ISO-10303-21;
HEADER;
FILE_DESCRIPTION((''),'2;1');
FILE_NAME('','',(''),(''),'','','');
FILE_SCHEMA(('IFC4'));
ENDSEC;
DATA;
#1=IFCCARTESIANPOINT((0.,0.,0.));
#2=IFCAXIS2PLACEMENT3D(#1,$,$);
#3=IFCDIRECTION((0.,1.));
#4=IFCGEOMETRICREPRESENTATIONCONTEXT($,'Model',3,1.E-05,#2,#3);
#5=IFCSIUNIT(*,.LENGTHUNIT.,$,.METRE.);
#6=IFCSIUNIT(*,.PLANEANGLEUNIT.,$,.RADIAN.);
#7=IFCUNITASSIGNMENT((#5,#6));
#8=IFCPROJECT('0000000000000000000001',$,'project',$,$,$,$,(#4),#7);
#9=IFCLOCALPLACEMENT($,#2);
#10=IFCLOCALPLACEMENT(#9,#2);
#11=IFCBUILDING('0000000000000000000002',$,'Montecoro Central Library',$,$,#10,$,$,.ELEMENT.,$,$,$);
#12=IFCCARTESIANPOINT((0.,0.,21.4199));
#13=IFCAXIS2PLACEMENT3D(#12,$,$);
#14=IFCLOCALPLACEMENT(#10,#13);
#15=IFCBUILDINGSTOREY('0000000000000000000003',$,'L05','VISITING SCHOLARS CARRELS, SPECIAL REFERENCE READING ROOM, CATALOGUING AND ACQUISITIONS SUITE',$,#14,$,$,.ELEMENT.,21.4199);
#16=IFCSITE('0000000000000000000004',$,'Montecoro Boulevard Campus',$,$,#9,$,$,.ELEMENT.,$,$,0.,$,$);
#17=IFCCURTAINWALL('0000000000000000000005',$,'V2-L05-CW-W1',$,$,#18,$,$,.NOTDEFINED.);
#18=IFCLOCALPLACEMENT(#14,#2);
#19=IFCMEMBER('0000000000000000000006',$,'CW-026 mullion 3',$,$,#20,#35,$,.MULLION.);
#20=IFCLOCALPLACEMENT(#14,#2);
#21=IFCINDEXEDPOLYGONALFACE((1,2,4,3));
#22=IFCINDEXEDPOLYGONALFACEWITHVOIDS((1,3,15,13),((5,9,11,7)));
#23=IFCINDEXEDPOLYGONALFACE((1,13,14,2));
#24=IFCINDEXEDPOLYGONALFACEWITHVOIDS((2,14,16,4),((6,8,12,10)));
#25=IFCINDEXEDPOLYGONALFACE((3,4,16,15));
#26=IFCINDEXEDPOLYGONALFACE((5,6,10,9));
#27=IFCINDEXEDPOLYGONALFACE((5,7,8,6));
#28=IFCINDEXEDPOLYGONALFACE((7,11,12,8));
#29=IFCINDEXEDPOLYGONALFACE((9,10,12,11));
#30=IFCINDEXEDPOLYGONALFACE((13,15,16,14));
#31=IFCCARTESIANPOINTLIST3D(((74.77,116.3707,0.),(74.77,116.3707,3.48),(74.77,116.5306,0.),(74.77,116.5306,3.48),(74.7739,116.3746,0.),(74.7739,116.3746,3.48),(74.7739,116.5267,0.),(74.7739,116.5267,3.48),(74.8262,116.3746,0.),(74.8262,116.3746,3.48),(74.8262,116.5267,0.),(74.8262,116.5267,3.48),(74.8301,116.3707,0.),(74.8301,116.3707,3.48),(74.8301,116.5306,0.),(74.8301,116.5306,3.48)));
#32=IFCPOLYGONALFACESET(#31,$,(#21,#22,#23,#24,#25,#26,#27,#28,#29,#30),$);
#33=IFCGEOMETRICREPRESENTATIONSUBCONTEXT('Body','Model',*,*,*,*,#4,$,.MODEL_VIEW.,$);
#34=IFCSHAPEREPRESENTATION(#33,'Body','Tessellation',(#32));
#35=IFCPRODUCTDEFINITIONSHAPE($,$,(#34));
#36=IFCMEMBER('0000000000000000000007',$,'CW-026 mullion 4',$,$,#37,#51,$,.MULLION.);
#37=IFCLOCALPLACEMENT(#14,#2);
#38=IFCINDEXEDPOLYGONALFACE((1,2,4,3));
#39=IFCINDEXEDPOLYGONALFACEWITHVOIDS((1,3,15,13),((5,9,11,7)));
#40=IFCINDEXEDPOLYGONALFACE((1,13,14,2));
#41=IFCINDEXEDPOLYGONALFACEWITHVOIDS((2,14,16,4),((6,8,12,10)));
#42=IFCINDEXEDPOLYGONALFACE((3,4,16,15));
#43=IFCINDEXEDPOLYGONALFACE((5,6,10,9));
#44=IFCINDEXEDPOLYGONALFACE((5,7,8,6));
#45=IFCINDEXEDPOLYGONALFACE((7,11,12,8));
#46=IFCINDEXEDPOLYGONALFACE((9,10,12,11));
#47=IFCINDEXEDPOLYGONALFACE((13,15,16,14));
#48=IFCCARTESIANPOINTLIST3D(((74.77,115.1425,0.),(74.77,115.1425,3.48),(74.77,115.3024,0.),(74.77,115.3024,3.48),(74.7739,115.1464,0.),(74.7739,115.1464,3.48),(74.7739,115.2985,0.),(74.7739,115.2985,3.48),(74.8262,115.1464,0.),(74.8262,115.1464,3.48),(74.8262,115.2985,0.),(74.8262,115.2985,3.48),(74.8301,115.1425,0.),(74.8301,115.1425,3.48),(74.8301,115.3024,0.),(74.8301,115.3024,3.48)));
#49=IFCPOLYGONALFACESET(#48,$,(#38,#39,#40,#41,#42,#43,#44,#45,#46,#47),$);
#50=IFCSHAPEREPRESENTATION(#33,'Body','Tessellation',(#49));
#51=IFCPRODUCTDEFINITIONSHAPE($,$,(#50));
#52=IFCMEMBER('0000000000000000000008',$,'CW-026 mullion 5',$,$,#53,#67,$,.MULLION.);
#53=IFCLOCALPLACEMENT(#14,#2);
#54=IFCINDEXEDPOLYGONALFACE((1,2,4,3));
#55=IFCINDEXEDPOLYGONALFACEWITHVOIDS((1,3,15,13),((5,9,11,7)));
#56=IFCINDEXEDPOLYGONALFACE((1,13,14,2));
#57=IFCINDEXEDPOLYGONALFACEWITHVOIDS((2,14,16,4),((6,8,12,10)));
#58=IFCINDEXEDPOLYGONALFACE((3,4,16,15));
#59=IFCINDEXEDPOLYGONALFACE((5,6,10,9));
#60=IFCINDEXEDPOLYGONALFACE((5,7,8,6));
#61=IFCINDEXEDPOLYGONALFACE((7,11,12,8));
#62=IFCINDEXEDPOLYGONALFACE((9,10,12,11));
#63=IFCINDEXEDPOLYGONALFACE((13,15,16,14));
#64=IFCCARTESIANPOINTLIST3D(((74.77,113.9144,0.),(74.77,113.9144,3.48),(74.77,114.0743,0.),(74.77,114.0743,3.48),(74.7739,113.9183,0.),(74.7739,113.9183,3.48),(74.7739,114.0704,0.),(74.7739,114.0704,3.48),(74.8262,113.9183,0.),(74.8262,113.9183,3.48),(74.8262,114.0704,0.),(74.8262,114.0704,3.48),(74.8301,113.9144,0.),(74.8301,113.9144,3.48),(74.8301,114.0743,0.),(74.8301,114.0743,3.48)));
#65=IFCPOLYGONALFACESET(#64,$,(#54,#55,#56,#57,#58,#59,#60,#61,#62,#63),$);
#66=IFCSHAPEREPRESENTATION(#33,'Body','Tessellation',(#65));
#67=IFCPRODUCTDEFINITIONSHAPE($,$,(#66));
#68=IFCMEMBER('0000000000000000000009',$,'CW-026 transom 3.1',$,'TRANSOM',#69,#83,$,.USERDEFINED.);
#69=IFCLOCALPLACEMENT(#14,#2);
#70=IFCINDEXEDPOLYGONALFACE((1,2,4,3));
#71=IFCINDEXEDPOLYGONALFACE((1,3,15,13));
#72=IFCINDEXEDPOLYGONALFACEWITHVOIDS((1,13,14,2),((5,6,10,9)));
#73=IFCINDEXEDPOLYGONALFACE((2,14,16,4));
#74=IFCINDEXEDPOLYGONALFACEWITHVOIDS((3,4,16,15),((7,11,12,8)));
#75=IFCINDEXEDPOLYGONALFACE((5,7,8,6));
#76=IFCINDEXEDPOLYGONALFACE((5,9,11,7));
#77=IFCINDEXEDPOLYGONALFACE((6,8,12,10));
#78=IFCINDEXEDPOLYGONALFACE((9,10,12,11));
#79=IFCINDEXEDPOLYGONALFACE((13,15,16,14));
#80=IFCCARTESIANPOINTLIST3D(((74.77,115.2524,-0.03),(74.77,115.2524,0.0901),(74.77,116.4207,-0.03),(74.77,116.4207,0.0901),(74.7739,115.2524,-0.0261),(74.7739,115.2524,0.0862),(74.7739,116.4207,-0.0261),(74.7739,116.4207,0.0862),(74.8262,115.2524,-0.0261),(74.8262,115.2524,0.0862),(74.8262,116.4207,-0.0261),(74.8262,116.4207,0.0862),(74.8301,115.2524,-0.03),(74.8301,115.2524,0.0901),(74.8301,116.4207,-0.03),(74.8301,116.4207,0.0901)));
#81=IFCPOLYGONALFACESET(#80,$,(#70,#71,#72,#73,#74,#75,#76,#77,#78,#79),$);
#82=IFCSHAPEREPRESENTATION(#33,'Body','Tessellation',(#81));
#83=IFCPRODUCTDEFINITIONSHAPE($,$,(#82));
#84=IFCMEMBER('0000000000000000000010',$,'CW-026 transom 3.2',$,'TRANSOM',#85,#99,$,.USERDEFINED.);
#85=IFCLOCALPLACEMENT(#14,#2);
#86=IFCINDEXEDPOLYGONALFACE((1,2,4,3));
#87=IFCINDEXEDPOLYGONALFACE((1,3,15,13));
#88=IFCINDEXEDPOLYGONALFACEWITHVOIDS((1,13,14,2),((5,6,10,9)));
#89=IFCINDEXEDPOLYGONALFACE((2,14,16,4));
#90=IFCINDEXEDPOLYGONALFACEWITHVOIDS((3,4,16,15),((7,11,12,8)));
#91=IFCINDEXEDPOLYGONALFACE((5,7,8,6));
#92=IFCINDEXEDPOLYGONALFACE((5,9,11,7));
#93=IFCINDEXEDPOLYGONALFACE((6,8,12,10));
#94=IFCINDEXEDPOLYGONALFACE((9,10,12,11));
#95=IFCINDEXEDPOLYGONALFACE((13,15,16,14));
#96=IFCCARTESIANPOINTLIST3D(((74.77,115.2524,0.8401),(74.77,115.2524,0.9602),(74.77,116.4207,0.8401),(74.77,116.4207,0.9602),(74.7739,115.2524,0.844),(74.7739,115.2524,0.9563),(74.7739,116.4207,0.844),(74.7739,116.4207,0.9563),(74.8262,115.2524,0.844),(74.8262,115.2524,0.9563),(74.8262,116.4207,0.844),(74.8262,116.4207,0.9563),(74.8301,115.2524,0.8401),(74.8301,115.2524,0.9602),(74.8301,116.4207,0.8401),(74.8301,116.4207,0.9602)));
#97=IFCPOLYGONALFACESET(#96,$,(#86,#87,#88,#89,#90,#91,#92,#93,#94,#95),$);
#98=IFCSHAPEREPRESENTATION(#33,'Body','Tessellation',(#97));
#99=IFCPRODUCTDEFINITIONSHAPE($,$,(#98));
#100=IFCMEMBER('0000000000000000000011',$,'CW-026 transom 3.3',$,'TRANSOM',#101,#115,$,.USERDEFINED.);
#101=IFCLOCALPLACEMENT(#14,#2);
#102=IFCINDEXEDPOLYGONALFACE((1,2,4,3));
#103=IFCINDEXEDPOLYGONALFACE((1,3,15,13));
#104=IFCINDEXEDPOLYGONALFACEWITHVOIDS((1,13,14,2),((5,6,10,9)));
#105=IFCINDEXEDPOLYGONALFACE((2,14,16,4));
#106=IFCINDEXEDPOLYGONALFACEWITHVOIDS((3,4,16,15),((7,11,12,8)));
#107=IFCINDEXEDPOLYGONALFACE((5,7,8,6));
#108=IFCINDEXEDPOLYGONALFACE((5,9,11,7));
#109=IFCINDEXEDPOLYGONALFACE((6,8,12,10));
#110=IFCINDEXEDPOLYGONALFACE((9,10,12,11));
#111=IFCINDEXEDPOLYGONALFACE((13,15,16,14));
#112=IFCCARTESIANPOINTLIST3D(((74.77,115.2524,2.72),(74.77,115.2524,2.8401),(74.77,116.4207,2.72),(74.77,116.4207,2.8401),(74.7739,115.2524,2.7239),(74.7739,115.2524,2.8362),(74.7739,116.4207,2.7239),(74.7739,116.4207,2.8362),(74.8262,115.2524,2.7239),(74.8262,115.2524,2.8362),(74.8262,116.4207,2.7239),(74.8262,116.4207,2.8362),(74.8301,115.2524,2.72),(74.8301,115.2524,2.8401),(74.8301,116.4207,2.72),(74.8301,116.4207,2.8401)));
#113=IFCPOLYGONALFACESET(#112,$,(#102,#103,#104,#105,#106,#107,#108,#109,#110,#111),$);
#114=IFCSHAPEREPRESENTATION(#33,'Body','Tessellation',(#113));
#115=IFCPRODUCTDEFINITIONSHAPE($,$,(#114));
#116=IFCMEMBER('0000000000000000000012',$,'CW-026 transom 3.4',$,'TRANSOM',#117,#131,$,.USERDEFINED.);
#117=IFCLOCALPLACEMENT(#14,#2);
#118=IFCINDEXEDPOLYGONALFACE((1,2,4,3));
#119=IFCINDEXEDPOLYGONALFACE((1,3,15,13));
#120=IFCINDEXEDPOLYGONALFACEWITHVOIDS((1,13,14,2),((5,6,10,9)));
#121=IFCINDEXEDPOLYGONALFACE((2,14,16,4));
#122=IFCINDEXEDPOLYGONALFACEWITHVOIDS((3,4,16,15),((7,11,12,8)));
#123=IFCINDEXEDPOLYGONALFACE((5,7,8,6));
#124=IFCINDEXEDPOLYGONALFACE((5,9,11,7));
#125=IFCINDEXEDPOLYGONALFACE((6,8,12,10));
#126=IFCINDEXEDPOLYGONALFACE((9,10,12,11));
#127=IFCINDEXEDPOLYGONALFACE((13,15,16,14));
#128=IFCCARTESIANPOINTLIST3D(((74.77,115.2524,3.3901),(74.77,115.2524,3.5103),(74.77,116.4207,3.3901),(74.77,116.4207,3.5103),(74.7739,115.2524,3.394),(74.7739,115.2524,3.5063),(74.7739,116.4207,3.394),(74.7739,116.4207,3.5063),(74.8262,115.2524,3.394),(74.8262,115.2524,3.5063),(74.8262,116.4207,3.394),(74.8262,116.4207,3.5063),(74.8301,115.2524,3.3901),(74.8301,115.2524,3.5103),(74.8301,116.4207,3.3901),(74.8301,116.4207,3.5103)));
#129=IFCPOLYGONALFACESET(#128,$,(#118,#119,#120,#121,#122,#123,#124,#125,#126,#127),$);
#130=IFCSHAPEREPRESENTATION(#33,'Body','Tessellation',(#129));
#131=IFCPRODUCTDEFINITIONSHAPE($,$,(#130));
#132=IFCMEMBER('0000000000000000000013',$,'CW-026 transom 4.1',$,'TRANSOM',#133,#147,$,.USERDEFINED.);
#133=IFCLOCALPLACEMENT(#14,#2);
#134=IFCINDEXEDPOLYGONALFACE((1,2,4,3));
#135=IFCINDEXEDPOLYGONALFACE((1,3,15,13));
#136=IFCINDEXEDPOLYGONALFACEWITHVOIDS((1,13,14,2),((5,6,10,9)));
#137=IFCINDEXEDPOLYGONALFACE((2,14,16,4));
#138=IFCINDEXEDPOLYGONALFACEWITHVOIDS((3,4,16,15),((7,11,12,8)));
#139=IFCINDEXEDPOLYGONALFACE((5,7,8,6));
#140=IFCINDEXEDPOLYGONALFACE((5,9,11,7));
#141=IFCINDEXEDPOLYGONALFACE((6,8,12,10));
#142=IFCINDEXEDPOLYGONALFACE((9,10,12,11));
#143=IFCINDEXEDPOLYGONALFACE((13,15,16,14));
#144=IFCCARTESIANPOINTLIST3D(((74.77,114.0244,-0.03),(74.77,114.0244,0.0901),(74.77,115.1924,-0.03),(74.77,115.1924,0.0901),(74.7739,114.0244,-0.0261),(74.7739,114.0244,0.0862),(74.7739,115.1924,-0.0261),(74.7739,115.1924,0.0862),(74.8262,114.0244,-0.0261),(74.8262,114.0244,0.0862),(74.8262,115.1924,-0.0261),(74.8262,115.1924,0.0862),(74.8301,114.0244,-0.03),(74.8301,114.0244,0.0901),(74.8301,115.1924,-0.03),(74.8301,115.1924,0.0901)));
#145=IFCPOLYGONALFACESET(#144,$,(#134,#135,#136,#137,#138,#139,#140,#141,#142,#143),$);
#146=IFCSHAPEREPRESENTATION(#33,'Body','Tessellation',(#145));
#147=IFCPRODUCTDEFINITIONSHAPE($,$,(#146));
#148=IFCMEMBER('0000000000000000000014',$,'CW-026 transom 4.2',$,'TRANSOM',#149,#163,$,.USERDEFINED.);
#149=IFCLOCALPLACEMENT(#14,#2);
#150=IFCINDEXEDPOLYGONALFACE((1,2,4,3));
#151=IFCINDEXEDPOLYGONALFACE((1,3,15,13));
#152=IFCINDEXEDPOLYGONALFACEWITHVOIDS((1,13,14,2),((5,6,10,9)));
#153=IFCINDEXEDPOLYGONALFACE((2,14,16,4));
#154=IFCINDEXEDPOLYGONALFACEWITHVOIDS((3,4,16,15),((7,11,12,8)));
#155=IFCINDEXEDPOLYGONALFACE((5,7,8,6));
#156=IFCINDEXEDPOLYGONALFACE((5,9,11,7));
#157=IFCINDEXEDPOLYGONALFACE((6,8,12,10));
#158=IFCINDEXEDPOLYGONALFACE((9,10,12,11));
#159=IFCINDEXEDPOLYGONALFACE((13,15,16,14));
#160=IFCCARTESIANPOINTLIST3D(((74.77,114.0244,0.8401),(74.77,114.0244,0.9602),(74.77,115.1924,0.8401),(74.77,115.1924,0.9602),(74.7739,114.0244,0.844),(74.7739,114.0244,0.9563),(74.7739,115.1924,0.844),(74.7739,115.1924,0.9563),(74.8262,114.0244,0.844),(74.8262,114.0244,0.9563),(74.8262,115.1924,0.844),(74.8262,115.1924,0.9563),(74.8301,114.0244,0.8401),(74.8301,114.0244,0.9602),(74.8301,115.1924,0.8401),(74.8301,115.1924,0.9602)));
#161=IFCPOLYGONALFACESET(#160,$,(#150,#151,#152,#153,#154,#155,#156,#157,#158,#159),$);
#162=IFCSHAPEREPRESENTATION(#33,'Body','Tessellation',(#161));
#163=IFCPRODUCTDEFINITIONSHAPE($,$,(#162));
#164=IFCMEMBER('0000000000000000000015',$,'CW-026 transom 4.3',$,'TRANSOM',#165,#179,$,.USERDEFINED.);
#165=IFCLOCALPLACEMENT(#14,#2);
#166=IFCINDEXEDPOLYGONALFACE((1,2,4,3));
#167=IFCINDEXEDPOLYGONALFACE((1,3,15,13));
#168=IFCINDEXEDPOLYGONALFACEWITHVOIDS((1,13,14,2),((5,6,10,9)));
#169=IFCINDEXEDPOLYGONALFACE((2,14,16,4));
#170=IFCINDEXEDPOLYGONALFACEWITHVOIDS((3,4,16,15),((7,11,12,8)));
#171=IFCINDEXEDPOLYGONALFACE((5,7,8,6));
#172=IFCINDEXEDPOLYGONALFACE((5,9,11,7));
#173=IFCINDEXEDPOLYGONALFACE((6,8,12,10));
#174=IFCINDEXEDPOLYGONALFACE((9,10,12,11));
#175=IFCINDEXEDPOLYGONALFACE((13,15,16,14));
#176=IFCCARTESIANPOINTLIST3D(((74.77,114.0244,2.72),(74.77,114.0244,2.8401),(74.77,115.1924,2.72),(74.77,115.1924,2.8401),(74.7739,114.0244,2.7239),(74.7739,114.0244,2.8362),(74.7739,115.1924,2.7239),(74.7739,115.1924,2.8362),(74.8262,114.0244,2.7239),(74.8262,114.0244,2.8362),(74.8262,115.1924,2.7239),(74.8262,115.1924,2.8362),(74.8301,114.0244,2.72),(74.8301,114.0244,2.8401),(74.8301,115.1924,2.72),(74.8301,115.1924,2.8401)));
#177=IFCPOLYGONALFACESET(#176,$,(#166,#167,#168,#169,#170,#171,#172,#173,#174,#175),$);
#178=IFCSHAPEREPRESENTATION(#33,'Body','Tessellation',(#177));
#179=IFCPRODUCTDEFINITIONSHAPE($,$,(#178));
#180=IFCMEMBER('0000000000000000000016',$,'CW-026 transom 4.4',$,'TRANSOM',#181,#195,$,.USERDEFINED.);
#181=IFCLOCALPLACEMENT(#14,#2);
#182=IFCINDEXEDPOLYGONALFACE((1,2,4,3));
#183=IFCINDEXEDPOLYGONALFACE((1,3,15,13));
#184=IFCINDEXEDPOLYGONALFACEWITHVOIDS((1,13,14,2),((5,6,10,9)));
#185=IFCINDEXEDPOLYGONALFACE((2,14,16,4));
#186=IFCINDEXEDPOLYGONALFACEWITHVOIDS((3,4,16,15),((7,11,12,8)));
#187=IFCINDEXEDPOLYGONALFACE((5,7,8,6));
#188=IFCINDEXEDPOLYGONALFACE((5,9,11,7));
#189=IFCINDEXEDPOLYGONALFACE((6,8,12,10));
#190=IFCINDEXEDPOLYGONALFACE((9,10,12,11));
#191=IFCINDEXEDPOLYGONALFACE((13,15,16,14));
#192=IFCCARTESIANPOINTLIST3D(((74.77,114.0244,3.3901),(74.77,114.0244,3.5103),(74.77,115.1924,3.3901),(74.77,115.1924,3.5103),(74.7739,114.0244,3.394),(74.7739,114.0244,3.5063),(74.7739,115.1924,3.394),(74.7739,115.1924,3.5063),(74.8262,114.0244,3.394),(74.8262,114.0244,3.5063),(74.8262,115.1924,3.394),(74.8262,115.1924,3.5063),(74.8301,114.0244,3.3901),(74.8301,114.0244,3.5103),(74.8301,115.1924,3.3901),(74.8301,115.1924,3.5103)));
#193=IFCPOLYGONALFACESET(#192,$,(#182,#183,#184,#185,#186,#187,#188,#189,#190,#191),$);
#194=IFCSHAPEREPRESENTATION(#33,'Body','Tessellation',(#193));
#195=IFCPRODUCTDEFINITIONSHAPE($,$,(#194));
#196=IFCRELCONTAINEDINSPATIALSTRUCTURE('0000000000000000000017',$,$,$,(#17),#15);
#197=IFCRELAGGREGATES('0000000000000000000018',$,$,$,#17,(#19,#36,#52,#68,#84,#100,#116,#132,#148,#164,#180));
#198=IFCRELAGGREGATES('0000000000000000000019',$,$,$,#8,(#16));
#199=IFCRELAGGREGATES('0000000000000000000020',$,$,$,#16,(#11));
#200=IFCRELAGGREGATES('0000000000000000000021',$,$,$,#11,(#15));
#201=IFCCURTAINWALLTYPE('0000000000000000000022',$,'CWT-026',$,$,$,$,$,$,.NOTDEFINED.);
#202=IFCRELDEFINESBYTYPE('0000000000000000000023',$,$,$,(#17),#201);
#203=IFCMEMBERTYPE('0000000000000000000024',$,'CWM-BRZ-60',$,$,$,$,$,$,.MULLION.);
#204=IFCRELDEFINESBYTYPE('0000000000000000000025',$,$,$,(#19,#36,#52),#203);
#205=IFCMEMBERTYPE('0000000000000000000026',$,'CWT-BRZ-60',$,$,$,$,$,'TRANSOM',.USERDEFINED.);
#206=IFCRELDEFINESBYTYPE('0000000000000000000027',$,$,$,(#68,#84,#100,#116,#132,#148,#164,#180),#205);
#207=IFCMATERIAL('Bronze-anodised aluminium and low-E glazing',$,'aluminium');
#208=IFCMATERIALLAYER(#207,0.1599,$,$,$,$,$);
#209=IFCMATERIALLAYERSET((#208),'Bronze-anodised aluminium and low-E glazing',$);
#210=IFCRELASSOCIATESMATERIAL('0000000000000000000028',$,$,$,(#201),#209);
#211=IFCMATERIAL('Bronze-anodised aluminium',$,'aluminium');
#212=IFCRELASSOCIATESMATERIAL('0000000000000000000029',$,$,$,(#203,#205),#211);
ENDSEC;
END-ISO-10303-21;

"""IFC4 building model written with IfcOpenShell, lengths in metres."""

from ifc_helpers import new_model, si_unit, direction, frame, origin, origin_2d, place, context, subcontext, project, spatial, hollow_rectangle, extrude, material, layer, layer_set, material_profile, profile_set, type_object, element, aggregate, save


model = new_model("IFC4")

# Units and contexts
model_context = context("Model", 3, precision=1e-05, world=origin(), true_north=direction((0.0, 1.0)))
body_context = subcontext(model_context, "Body", "Model", "MODEL_VIEW")
ifc_project = project(units=[si_unit("LENGTHUNIT", "METRE"), si_unit("PLANEANGLEUNIT", "RADIAN")], contexts=[model_context])

# Site, building, storey
site_placement = place(None, origin())
site = spatial("IfcSite", under=ifc_project, at=site_placement, Name="Montecoro Boulevard Campus", CompositionType="ELEMENT", RefElevation=0.0)
building_placement = place(site_placement, origin())
building = spatial("IfcBuilding", under=site, at=building_placement, Name="Montecoro Central Library", CompositionType="ELEMENT")
storey_placement = place(building_placement, frame((0.0, 0.0, 21.4199)))
storey = spatial("IfcBuildingStorey", under=building, at=storey_placement, Name="L05", Description="VISITING SCHOLARS CARRELS, SPECIAL REFERENCE READING ROOM, CATALOGUING AND ACQUISITIONS SUITE", CompositionType="ELEMENT", Elevation=21.4199)

# Curtain wall, members
ifc_material_1 = material(Name="Bronze-anodised aluminium and low-E glazing", Category="aluminium")
ifc_layer_1 = layer(ifc_material_1, 0.1599)
ifc_layer_set_1 = layer_set([ifc_layer_1], Name="Bronze-anodised aluminium and low-E glazing")
curtain_wall_type = type_object("IfcCurtainWallType", Name="CWT-026", PredefinedType="NOTDEFINED", material=ifc_layer_set_1)
curtain_wall_placement = place(storey_placement, origin())
curtain_wall = element("IfcCurtainWall", 1, at=curtain_wall_placement, inside=storey, type_object=curtain_wall_type, Name="V2-L05-CW-W1", PredefinedType="NOTDEFINED")
ifc_material_2 = material(Name="Bronze-anodised aluminium", Category="aluminium")
ifc_material_profile_1 = material_profile(ifc_material_2, hollow_rectangle(XDim=0.0601, YDim=0.1599, WallThickness=0.0039, at=origin_2d()), Name="CWM 160x60x4.0")
ifc_profile_set_1 = profile_set([ifc_material_profile_1], Name="Bronze-anodised aluminium")
member_type_1 = type_object("IfcMemberType", Name="CWM-BRZ-60", PredefinedType="MULLION", material=ifc_profile_set_1)
member_1_placement = place(storey_placement, frame((74.8, 116.4507, 0.0), z_axis=(0.0, 0.0, 1.0), x_axis=(1.0, 0.0, 0.0)))
member_1 = element("IfcMember", 2, at=member_1_placement, type_object=member_type_1, Name="CW-026 mullion 3", PredefinedType="MULLION", context=body_context, shape_type="SweptSolid", body=[
    extrude(hollow_rectangle(XDim=0.0601, YDim=0.1599, WallThickness=0.0039, at=origin_2d()), origin(), (0.0, 0.0, 1.0), 3.48),
])
member_2_placement = place(storey_placement, frame((74.8, 115.2224, 0.0), z_axis=(0.0, 0.0, 1.0), x_axis=(1.0, 0.0, 0.0)))
member_2 = element("IfcMember", 3, at=member_2_placement, type_object=member_type_1, Name="CW-026 mullion 4", PredefinedType="MULLION", context=body_context, shape_type="SweptSolid", body=[
    extrude(hollow_rectangle(XDim=0.0601, YDim=0.1599, WallThickness=0.0039, at=origin_2d()), origin(), (0.0, 0.0, 1.0), 3.48),
])
member_3_placement = place(storey_placement, frame((74.8, 113.9944, 0.0), z_axis=(0.0, 0.0, 1.0), x_axis=(1.0, 0.0, 0.0)))
member_3 = element("IfcMember", 4, at=member_3_placement, type_object=member_type_1, Name="CW-026 mullion 5", PredefinedType="MULLION", context=body_context, shape_type="SweptSolid", body=[
    extrude(hollow_rectangle(XDim=0.0601, YDim=0.1599, WallThickness=0.0039, at=origin_2d()), origin(), (0.0, 0.0, 1.0), 3.48),
])
ifc_material_profile_2 = material_profile(ifc_material_2, hollow_rectangle(XDim=0.0601, YDim=0.1201, WallThickness=0.0039, at=origin_2d()), Name="CWT 120x60x4.0")
ifc_profile_set_2 = profile_set([ifc_material_profile_2], Name="Bronze-anodised aluminium")
member_type_2 = type_object("IfcMemberType", Name="CWT-BRZ-60", ElementType="TRANSOM", PredefinedType="USERDEFINED", material=ifc_profile_set_2)
member_4_placement = place(storey_placement, frame((74.8, 116.4207, 0.03), z_axis=(0.0, -1.0, 0.0), x_axis=(1.0, 0.0, 0.0)))
member_4 = element("IfcMember", 5, at=member_4_placement, type_object=member_type_2, Name="CW-026 transom 3.1", ObjectType="TRANSOM", PredefinedType="USERDEFINED", context=body_context, shape_type="SweptSolid", body=[
    extrude(hollow_rectangle(XDim=0.0601, YDim=0.1201, WallThickness=0.0039, at=origin_2d()), origin(), (0.0, 0.0, 1.0), 1.1682),
])
member_5_placement = place(storey_placement, frame((74.8, 116.4207, 0.9001), z_axis=(0.0, -1.0, 0.0), x_axis=(1.0, 0.0, 0.0)))
member_5 = element("IfcMember", 6, at=member_5_placement, type_object=member_type_2, Name="CW-026 transom 3.2", ObjectType="TRANSOM", PredefinedType="USERDEFINED", context=body_context, shape_type="SweptSolid", body=[
    extrude(hollow_rectangle(XDim=0.0601, YDim=0.1201, WallThickness=0.0039, at=origin_2d()), origin(), (0.0, 0.0, 1.0), 1.1682),
])
member_6_placement = place(storey_placement, frame((74.8, 116.4207, 2.78), z_axis=(0.0, -1.0, 0.0), x_axis=(1.0, 0.0, 0.0)))
member_6 = element("IfcMember", 7, at=member_6_placement, type_object=member_type_2, Name="CW-026 transom 3.3", ObjectType="TRANSOM", PredefinedType="USERDEFINED", context=body_context, shape_type="SweptSolid", body=[
    extrude(hollow_rectangle(XDim=0.0601, YDim=0.1201, WallThickness=0.0039, at=origin_2d()), origin(), (0.0, 0.0, 1.0), 1.1682),
])
member_7_placement = place(storey_placement, frame((74.8, 116.4207, 3.4502), z_axis=(0.0, -1.0, 0.0), x_axis=(1.0, 0.0, 0.0)))
member_7 = element("IfcMember", 8, at=member_7_placement, type_object=member_type_2, Name="CW-026 transom 3.4", ObjectType="TRANSOM", PredefinedType="USERDEFINED", context=body_context, shape_type="SweptSolid", body=[
    extrude(hollow_rectangle(XDim=0.0601, YDim=0.1201, WallThickness=0.0039, at=origin_2d()), origin(), (0.0, 0.0, 1.0), 1.1682),
])
member_8_placement = place(storey_placement, frame((74.8, 115.1924, 0.03), z_axis=(0.0, -1.0, 0.0), x_axis=(1.0, 0.0, 0.0)))
member_8 = element("IfcMember", 9, at=member_8_placement, type_object=member_type_2, Name="CW-026 transom 4.1", ObjectType="TRANSOM", PredefinedType="USERDEFINED", context=body_context, shape_type="SweptSolid", body=[
    extrude(hollow_rectangle(XDim=0.0601, YDim=0.1201, WallThickness=0.0039, at=origin_2d()), origin(), (0.0, 0.0, 1.0), 1.168),
])
member_9_placement = place(storey_placement, frame((74.8, 115.1924, 0.9001), z_axis=(0.0, -1.0, 0.0), x_axis=(1.0, 0.0, 0.0)))
member_9 = element("IfcMember", 10, at=member_9_placement, type_object=member_type_2, Name="CW-026 transom 4.2", ObjectType="TRANSOM", PredefinedType="USERDEFINED", context=body_context, shape_type="SweptSolid", body=[
    extrude(hollow_rectangle(XDim=0.0601, YDim=0.1201, WallThickness=0.0039, at=origin_2d()), origin(), (0.0, 0.0, 1.0), 1.168),
])
member_10_placement = place(storey_placement, frame((74.8, 115.1924, 2.78), z_axis=(0.0, -1.0, 0.0), x_axis=(1.0, 0.0, 0.0)))
member_10 = element("IfcMember", 11, at=member_10_placement, type_object=member_type_2, Name="CW-026 transom 4.3", ObjectType="TRANSOM", PredefinedType="USERDEFINED", context=body_context, shape_type="SweptSolid", body=[
    extrude(hollow_rectangle(XDim=0.0601, YDim=0.1201, WallThickness=0.0039, at=origin_2d()), origin(), (0.0, 0.0, 1.0), 1.168),
])
member_11_placement = place(storey_placement, frame((74.8, 115.1924, 3.4502), z_axis=(0.0, -1.0, 0.0), x_axis=(1.0, 0.0, 0.0)))
member_11 = element("IfcMember", 12, at=member_11_placement, type_object=member_type_2, Name="CW-026 transom 4.4", ObjectType="TRANSOM", PredefinedType="USERDEFINED", context=body_context, shape_type="SweptSolid", body=[
    extrude(hollow_rectangle(XDim=0.0601, YDim=0.1201, WallThickness=0.0039, at=origin_2d()), origin(), (0.0, 0.0, 1.0), 1.168),
])
aggregate(curtain_wall, [member_1, member_2, member_3, member_4, member_5, member_6, member_7, member_8, member_9, member_10, member_11])

save(model, "model.ifc")
